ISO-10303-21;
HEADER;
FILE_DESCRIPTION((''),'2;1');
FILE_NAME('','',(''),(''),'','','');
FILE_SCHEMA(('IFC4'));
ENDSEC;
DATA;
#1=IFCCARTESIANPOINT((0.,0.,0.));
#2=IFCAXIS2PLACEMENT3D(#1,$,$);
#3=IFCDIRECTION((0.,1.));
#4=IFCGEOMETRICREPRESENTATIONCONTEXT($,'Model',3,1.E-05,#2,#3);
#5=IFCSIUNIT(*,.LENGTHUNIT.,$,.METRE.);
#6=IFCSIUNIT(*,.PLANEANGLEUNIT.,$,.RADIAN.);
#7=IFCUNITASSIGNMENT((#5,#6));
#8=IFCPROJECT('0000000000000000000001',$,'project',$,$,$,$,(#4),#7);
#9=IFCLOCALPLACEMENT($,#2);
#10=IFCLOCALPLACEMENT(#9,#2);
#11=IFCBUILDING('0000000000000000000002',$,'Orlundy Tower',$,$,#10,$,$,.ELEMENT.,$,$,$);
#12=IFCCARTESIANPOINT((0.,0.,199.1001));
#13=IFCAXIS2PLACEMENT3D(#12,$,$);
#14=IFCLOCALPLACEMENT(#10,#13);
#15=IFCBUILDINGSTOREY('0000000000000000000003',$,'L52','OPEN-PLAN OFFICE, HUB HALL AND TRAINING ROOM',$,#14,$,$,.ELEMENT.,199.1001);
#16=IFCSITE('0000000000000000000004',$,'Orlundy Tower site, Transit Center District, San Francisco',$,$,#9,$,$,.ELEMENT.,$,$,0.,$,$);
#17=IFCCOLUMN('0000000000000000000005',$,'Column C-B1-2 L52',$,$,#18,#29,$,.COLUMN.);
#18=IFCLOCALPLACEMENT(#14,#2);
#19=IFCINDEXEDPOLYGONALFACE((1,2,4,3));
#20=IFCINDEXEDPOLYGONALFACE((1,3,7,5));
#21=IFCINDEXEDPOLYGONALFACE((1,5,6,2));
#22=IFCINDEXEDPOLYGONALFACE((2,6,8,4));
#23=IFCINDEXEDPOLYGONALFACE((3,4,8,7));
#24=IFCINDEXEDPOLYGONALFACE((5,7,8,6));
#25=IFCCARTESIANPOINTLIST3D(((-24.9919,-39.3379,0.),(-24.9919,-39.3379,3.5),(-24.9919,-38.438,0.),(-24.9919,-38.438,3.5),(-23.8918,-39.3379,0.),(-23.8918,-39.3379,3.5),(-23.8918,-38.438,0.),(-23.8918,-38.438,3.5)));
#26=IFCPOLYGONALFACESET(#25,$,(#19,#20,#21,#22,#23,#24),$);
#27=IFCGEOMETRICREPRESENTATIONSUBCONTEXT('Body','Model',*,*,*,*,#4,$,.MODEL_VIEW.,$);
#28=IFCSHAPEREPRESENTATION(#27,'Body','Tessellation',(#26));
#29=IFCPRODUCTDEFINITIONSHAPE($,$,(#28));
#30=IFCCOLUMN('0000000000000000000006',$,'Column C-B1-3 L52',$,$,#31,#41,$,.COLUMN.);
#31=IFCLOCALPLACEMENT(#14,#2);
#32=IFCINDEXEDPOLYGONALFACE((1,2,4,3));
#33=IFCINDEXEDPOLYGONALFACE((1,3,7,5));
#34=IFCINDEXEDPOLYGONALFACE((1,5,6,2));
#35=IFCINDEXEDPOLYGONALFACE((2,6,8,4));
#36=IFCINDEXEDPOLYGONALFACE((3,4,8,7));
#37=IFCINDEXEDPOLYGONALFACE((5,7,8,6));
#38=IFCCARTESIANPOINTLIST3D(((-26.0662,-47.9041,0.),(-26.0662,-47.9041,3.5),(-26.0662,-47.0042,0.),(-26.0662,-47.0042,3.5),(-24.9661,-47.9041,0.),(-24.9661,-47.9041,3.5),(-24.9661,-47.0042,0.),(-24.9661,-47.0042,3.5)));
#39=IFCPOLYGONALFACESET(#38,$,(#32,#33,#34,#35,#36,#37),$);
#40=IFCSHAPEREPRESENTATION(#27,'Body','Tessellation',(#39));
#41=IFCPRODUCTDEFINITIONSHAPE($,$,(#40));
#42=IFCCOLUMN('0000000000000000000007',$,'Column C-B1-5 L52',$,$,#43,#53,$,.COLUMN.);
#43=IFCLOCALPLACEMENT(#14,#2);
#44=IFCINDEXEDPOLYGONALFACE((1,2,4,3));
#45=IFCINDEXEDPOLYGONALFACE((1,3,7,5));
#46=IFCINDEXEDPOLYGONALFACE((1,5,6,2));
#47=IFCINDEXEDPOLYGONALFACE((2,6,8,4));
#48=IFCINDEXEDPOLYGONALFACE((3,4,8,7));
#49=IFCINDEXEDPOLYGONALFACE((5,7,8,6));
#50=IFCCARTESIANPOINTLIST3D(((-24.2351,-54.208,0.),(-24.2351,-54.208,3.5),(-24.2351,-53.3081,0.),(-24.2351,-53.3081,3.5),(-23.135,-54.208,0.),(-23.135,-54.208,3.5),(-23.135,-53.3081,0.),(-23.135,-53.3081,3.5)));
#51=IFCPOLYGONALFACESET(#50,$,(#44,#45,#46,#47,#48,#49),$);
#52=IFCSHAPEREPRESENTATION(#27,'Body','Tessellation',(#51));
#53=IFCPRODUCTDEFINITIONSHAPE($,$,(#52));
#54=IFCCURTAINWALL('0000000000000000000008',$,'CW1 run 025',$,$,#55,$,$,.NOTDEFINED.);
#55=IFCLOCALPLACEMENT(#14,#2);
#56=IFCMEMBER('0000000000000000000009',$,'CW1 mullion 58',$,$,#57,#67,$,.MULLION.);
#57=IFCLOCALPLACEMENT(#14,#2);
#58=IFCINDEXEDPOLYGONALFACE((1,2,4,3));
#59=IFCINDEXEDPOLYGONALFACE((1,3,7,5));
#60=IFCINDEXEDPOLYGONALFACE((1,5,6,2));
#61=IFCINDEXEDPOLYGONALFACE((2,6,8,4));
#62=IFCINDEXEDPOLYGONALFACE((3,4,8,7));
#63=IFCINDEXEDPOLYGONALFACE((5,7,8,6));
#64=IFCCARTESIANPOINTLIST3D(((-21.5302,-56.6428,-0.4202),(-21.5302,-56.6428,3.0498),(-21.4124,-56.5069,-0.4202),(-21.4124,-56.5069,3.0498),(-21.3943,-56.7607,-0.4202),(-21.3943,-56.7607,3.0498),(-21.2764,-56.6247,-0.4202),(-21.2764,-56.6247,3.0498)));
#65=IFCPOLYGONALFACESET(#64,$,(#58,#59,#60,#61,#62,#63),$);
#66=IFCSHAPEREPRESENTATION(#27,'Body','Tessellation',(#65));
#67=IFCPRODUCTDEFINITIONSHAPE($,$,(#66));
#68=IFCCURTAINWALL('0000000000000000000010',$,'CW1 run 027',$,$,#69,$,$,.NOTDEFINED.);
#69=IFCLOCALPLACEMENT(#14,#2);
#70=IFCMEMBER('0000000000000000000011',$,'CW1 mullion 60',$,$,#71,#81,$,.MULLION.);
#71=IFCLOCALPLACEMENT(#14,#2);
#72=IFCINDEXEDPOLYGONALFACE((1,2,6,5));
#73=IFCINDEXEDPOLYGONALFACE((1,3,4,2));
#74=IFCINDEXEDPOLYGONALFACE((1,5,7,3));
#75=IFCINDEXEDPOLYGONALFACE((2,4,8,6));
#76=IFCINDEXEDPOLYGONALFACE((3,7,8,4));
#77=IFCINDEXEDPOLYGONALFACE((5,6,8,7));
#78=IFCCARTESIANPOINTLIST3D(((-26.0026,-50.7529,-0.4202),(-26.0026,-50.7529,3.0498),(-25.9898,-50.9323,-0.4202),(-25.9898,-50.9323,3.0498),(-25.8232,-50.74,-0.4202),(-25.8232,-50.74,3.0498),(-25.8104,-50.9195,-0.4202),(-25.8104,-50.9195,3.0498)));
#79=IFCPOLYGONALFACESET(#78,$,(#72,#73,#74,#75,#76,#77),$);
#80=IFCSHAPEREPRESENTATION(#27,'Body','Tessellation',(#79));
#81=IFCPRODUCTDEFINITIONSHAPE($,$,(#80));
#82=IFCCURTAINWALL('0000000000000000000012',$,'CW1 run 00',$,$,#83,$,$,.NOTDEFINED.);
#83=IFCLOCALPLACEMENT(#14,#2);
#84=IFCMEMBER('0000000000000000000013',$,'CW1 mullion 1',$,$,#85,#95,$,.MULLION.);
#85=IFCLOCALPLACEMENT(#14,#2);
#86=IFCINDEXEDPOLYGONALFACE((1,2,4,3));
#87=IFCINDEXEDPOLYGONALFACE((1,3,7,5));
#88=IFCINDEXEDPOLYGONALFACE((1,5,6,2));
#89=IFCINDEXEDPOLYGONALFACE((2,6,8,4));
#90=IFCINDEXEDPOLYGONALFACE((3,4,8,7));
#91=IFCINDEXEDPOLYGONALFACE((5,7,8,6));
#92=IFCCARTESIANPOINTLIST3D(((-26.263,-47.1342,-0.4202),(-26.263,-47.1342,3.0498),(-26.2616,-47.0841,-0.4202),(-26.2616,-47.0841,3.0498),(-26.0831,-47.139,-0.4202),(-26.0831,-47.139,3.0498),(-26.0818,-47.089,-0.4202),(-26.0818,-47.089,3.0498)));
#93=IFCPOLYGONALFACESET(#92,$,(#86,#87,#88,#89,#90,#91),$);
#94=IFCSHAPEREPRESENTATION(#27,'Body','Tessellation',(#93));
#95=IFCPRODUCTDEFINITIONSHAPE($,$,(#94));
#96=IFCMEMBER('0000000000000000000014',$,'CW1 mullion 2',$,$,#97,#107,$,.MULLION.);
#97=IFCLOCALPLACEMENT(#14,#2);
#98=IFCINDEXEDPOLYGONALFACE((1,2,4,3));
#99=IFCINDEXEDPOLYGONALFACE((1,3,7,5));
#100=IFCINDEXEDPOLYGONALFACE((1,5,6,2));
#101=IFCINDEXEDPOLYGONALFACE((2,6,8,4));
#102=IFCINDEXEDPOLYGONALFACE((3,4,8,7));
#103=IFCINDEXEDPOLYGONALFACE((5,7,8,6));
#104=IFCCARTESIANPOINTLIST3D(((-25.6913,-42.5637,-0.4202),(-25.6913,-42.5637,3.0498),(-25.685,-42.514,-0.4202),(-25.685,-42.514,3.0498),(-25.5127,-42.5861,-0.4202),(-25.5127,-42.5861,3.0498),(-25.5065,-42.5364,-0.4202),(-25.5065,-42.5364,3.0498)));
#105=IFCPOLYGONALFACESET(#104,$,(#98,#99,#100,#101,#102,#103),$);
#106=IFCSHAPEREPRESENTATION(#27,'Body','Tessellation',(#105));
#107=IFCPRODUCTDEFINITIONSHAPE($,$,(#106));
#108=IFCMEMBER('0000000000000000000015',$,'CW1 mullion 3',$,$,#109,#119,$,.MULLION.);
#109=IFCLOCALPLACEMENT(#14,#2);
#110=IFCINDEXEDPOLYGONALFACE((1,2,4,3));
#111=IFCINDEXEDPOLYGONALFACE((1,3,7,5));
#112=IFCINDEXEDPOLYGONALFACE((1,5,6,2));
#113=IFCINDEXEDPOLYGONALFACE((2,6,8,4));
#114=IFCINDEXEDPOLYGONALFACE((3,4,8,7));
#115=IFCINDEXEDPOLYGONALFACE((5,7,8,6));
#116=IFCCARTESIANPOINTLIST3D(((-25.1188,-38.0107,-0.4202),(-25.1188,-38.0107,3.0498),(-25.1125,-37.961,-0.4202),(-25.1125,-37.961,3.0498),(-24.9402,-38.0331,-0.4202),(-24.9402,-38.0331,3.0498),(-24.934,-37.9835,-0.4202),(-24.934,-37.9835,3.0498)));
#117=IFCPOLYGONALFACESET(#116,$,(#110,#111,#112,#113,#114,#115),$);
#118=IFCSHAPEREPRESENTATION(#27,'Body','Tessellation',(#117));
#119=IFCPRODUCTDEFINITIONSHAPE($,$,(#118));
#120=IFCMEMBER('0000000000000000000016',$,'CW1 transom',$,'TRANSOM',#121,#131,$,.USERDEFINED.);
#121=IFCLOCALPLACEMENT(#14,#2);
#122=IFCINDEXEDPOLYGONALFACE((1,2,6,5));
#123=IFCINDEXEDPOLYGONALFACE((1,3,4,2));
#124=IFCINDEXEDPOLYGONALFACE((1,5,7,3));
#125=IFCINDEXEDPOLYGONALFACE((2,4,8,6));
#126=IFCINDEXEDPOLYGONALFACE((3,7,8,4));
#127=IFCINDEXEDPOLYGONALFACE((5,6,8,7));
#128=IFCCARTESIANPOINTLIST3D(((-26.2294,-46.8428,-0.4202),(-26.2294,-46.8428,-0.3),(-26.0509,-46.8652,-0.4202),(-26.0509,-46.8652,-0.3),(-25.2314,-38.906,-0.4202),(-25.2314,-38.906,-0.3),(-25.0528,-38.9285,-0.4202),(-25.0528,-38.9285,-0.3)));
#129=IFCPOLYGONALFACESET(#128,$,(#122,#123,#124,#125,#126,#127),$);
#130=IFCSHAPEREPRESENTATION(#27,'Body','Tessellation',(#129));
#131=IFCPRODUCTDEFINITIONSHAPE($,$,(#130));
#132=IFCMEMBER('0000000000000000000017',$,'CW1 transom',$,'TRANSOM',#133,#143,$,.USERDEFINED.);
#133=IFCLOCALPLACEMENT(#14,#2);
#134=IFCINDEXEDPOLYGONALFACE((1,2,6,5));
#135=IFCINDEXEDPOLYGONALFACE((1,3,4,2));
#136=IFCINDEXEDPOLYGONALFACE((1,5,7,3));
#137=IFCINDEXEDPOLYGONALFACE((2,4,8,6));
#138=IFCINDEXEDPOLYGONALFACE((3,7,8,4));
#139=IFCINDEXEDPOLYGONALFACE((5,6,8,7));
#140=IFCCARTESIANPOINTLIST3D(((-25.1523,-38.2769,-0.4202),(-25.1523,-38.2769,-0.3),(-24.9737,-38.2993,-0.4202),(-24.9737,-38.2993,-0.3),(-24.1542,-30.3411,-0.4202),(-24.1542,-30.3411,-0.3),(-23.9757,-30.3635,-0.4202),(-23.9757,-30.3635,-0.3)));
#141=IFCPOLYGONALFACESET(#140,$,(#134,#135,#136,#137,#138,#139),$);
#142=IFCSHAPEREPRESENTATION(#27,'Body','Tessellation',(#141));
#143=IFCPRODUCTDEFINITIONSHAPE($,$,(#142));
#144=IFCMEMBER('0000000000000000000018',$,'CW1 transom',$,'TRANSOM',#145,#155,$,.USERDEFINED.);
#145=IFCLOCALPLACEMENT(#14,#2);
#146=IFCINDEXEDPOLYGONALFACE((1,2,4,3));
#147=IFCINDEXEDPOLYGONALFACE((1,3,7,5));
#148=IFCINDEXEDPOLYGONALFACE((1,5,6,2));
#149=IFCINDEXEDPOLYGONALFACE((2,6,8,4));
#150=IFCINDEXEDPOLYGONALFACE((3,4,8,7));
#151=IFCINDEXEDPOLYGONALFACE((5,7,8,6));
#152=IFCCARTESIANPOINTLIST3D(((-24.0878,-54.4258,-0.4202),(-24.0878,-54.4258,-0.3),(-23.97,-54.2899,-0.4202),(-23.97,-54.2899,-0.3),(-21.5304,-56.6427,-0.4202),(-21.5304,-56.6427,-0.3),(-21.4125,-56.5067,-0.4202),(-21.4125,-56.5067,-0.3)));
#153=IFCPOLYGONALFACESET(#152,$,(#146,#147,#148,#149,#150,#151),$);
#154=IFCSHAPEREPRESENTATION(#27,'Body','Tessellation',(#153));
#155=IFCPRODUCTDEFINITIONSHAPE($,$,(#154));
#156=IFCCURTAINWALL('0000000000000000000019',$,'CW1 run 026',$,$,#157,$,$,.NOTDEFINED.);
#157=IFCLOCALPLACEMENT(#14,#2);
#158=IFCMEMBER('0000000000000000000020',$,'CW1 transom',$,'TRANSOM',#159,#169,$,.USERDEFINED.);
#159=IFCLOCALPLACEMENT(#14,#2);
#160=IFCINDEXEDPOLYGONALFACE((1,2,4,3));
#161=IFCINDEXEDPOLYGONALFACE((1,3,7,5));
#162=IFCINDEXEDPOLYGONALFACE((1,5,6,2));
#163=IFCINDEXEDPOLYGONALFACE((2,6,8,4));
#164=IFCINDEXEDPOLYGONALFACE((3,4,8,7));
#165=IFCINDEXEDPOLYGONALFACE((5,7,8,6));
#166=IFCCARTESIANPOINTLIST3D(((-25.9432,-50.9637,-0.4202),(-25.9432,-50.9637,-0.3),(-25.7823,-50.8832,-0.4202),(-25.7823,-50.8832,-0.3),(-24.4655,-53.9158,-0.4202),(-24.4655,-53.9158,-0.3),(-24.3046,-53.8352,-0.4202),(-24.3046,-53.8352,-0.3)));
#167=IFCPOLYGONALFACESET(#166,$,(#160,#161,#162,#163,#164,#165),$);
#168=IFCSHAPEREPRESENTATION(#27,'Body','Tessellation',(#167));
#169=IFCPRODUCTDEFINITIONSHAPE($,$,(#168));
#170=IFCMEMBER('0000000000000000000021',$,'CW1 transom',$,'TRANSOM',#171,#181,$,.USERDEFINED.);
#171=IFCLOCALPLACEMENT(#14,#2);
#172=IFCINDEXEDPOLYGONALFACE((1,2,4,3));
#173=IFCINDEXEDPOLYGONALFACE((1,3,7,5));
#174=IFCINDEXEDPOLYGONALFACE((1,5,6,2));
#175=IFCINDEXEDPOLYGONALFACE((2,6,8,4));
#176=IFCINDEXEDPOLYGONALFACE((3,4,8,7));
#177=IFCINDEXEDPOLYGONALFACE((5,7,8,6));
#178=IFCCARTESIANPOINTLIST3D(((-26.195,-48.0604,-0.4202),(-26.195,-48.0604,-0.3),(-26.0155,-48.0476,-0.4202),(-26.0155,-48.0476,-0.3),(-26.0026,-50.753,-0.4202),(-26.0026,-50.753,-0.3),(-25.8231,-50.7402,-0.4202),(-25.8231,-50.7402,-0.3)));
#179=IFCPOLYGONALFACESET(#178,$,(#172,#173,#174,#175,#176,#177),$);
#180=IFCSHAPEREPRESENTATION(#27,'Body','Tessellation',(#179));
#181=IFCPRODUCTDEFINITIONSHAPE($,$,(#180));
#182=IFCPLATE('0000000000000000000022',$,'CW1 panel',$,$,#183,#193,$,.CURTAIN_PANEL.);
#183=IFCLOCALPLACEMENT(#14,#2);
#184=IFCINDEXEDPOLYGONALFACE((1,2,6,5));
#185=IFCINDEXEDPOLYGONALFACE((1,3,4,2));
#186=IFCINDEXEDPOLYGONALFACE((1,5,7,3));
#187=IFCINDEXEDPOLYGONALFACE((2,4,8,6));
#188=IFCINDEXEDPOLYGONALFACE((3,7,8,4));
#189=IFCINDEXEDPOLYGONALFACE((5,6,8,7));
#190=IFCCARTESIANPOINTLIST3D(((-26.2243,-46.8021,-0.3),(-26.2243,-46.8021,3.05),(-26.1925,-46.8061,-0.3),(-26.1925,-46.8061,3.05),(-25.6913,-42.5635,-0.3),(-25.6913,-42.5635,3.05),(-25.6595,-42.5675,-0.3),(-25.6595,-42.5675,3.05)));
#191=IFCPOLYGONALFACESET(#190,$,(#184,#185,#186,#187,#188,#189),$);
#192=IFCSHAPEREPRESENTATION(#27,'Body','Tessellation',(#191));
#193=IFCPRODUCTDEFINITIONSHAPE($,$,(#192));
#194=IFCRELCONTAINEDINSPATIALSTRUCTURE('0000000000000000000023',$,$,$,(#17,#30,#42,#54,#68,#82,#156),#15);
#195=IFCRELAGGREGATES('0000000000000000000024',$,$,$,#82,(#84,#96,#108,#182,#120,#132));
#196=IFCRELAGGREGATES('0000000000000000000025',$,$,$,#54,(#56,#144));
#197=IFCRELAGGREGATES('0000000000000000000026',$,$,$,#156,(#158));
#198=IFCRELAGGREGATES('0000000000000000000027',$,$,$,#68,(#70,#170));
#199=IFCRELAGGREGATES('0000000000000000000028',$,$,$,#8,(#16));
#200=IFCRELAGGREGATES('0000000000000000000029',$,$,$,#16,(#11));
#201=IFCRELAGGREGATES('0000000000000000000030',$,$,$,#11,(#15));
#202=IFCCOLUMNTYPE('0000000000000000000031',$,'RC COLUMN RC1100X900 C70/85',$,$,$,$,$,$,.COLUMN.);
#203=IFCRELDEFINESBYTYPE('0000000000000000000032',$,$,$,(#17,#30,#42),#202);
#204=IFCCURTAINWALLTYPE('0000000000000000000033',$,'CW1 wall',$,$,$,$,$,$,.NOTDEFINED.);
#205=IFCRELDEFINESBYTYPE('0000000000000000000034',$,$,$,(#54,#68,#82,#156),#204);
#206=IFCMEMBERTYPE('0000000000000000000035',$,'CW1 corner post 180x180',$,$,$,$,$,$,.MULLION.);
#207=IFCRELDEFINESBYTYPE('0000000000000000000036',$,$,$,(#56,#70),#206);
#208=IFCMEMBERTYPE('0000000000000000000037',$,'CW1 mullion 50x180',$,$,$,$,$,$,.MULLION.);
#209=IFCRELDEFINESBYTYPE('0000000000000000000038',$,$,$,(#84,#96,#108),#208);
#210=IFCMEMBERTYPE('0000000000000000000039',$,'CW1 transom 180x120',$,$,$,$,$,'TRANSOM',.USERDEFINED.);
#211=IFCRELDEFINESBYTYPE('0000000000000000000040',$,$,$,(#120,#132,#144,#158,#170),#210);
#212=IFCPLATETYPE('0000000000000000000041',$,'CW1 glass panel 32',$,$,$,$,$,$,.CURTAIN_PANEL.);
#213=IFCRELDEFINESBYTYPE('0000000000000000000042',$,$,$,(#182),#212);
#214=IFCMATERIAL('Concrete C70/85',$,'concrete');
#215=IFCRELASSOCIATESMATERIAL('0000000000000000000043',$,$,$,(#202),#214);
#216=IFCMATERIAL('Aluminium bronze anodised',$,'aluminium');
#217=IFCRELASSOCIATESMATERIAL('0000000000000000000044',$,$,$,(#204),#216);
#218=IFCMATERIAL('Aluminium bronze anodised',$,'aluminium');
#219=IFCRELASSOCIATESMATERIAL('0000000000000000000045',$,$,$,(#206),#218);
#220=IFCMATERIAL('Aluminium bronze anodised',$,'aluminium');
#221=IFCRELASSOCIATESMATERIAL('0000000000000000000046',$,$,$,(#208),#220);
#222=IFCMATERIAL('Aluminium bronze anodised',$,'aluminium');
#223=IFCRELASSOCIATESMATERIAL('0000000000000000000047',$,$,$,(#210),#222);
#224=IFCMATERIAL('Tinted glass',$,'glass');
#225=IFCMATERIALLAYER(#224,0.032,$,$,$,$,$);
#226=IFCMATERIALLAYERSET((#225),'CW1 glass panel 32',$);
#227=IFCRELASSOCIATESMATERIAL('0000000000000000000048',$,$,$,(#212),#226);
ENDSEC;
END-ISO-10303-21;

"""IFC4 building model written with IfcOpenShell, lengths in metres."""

from ifc_helpers import new_model, si_unit, direction, frame, origin, origin_2d, place, context, subcontext, project, spatial, rectangle, extrude, material, layer, layer_set, material_profile, profile_set, type_object, element, aggregate, save


model = new_model("IFC4")

# Units and contexts
model_context = context("Model", 3, precision=1e-05, world=origin(), true_north=direction((0.0, 1.0)))
body_context = subcontext(model_context, "Body", "Model", "MODEL_VIEW")
ifc_project = project(units=[si_unit("LENGTHUNIT", "METRE"), si_unit("PLANEANGLEUNIT", "RADIAN")], contexts=[model_context])

# Site, building, storey
site_placement = place(None, origin())
site = spatial("IfcSite", under=ifc_project, at=site_placement, Name="Orlundy Tower site, Transit Center District, San Francisco", CompositionType="ELEMENT", RefElevation=0.0)
building_placement = place(site_placement, origin())
building = spatial("IfcBuilding", under=site, at=building_placement, Name="Orlundy Tower", CompositionType="ELEMENT")
storey_placement = place(building_placement, frame((0.0, 0.0, 199.1001)))
storey = spatial("IfcBuildingStorey", under=building, at=storey_placement, Name="L52", Description="OPEN-PLAN OFFICE, HUB HALL AND TRAINING ROOM", CompositionType="ELEMENT", Elevation=199.1001)

# Columns
ifc_material_1 = material(Name="Concrete C70/85", Category="concrete")
ifc_material_profile_1 = material_profile(ifc_material_1, rectangle(XDim=1.1001, YDim=0.8999, at=origin_2d()), Name="RC1100X900")
ifc_profile_set_1 = profile_set([ifc_material_profile_1], Name="Concrete C70/85")
column_type = type_object("IfcColumnType", Name="RC COLUMN RC1100X900 C70/85", PredefinedType="COLUMN", material=ifc_profile_set_1)
for number, where, z_axis, x_axis, name in (
    (1, (-24.4419, -38.8879, 0.0), (0.0, 0.0, 1.0), (1.0, 0.0, 0.0), "Column C-B1-2 L52"),
    (2, (-25.5161, -47.4541, 0.0), (0.0, 0.0, 1.0), (1.0, 0.0, 0.0), "Column C-B1-3 L52"),
    (3, (-23.6851, -53.7581, 0.0), (0.0, 0.0, 1.0), (1.0, 0.0, 0.0), "Column C-B1-5 L52"),
):
    element("IfcColumn", number, at=place(storey_placement, frame(where, z_axis=z_axis, x_axis=x_axis)), inside=storey, type_object=column_type, Name=name, PredefinedType="COLUMN", context=body_context, shape_type="SweptSolid", body=[
        extrude(rectangle(XDim=1.1001, YDim=0.8999, at=origin_2d()), origin(), (0.0, 0.0, 1.0), 3.5),
    ])

# Curtain walls, members
ifc_material_2 = material(Name="Aluminium bronze anodised", Category="aluminium")
curtain_wall_type = type_object("IfcCurtainWallType", Name="CW1 wall", PredefinedType="NOTDEFINED", material=ifc_material_2)
curtain_wall_1_placement = place(storey_placement, origin())
curtain_wall_1 = element("IfcCurtainWall", 4, at=curtain_wall_1_placement, inside=storey, type_object=curtain_wall_type, Name="CW1 run 025", PredefinedType="NOTDEFINED")
ifc_material_3 = material(Name="Aluminium bronze anodised", Category="aluminium")
ifc_material_profile_2 = material_profile(ifc_material_3, rectangle(XDim=0.1799, YDim=0.1799, at=origin_2d()), Name="CW1 corner post 180x180")
ifc_profile_set_2 = profile_set([ifc_material_profile_2], Name="Aluminium bronze anodised")
member_type_1 = type_object("IfcMemberType", Name="CW1 corner post 180x180", PredefinedType="MULLION", material=ifc_profile_set_2)
member_1_placement = place(storey_placement, frame((-21.4033, -56.6338, -0.4202), z_axis=(0.0, 0.0, 1.0), x_axis=(-0.655002, -0.755627, 0.0)))
member_1 = element("IfcMember", 5, at=member_1_placement, type_object=member_type_1, Name="CW1 mullion 58", PredefinedType="MULLION", context=body_context, shape_type="SweptSolid", body=[
    extrude(rectangle(XDim=0.1799, YDim=0.1799, at=origin_2d()), origin(), (0.0, 0.0, 1.0), 3.47),
])
curtain_wall_2_placement = place(storey_placement, origin())
curtain_wall_2 = element("IfcCurtainWall", 6, at=curtain_wall_2_placement, inside=storey, type_object=curtain_wall_type, Name="CW1 run 027", PredefinedType="NOTDEFINED")
member_2_placement = place(storey_placement, frame((-25.9065, -50.8362, -0.4202), z_axis=(0.0, 0.0, 1.0), x_axis=(-0.997461, -0.071209, 0.0)))
member_2 = element("IfcMember", 7, at=member_2_placement, type_object=member_type_1, Name="CW1 mullion 60", PredefinedType="MULLION", context=body_context, shape_type="SweptSolid", body=[
    extrude(rectangle(XDim=0.1799, YDim=0.1799, at=origin_2d()), origin(), (0.0, 0.0, 1.0), 3.47),
])

# Curtain wall, members
curtain_wall_3_placement = place(storey_placement, origin())
curtain_wall_3 = element("IfcCurtainWall", 8, at=curtain_wall_3_placement, inside=storey, type_object=curtain_wall_type, Name="CW1 run 00", PredefinedType="NOTDEFINED")
ifc_material_4 = material(Name="Aluminium bronze anodised", Category="aluminium")
ifc_material_profile_3 = material_profile(ifc_material_4, rectangle(XDim=0.1799, YDim=0.05, at=origin_2d()), Name="CW1 mullion 50x180")
ifc_profile_set_3 = profile_set([ifc_material_profile_3], Name="Aluminium bronze anodised")
member_type_2 = type_object("IfcMemberType", Name="CW1 mullion 50x180", PredefinedType="MULLION", material=ifc_profile_set_3)
member_3_placement = place(storey_placement, frame((-26.1724, -47.1116, -0.4202), z_axis=(0.0, 0.0, 1.0), x_axis=(-0.999638, 0.026907, 0.0)))
member_3 = element("IfcMember", 9, at=member_3_placement, type_object=member_type_2, Name="CW1 mullion 1", PredefinedType="MULLION", context=body_context, shape_type="SweptSolid", body=[
    extrude(rectangle(XDim=0.1799, YDim=0.05, at=origin_2d()), origin(), (0.0, 0.0, 1.0), 3.47),
])
member_4_placement = place(storey_placement, frame((-25.5989, -42.55, -0.4202), z_axis=(0.0, 0.0, 1.0), x_axis=(-0.992187, 0.124763, 0.0)))
member_4 = element("IfcMember", 10, at=member_4_placement, type_object=member_type_2, Name="CW1 mullion 2", PredefinedType="MULLION", context=body_context, shape_type="SweptSolid", body=[
    extrude(rectangle(XDim=0.1799, YDim=0.05, at=origin_2d()), origin(), (0.0, 0.0, 1.0), 3.47),
])
member_5_placement = place(storey_placement, frame((-25.0264, -37.9971, -0.4202), z_axis=(0.0, 0.0, 1.0), x_axis=(-0.992187, 0.124763, 0.0)))
member_5 = element("IfcMember", 11, at=member_5_placement, type_object=member_type_2, Name="CW1 mullion 3", PredefinedType="MULLION", context=body_context, shape_type="SweptSolid", body=[
    extrude(rectangle(XDim=0.1799, YDim=0.05, at=origin_2d()), origin(), (0.0, 0.0, 1.0), 3.47),
])
ifc_material_5 = material(Name="Aluminium bronze anodised", Category="aluminium")
ifc_material_profile_4 = material_profile(ifc_material_5, rectangle(XDim=0.1799, YDim=0.1201, at=origin_2d()), Name="CW1 transom 180x120")
ifc_profile_set_4 = profile_set([ifc_material_profile_4], Name="Aluminium bronze anodised")
member_type_3 = type_object("IfcMemberType", Name="CW1 transom 180x120", ElementType="TRANSOM", PredefinedType="USERDEFINED", material=ifc_profile_set_4)
member_6_placement = place(storey_placement, frame((-26.1401, -46.854, -0.3601), z_axis=(0.124767, 0.992186, 0.0), x_axis=(-0.992186, 0.124767, 0.0)))
member_6 = element("IfcMember", 12, at=member_6_placement, type_object=member_type_3, Name="CW1 transom", ObjectType="TRANSOM", PredefinedType="USERDEFINED", context=body_context, shape_type="SweptSolid", body=[
    extrude(rectangle(XDim=0.1799, YDim=0.1201, at=origin_2d()), origin(), (0.0, 0.0, 1.0), 7.9993),
])
member_7_placement = place(storey_placement, frame((-25.063, -38.2881, -0.3601), z_axis=(0.124782, 0.992184, 0.0), x_axis=(-0.992184, 0.124782, 0.0)))
member_7 = element("IfcMember", 13, at=member_7_placement, type_object=member_type_3, Name="CW1 transom", ObjectType="TRANSOM", PredefinedType="USERDEFINED", context=body_context, shape_type="SweptSolid", body=[
    extrude(rectangle(XDim=0.1799, YDim=0.1201, at=origin_2d()), origin(), (0.0, 0.0, 1.0), 7.9983),
])

# Member
member_8_placement = place(storey_placement, frame((-21.4714, -56.5747, -0.3601), z_axis=(-0.75563, 0.654999, 0.0), x_axis=(-0.654999, -0.75563, 0.0)))
member_8 = element("IfcMember", 14, at=member_8_placement, type_object=member_type_3, Name="CW1 transom", ObjectType="TRANSOM", PredefinedType="USERDEFINED", context=body_context, shape_type="SweptSolid", body=[
    extrude(rectangle(XDim=0.1799, YDim=0.1201, at=origin_2d()), origin(), (0.0, 0.0, 1.0), 3.3845),
])

# Curtain wall, member
curtain_wall_4_placement = place(storey_placement, origin())
curtain_wall_4 = element("IfcCurtainWall", 15, at=curtain_wall_4_placement, inside=storey, type_object=curtain_wall_type, Name="CW1 run 026", PredefinedType="NOTDEFINED")
member_9_placement = place(storey_placement, frame((-24.385, -53.8755, -0.3601), z_axis=(-0.447628, 0.89422, 0.0), x_axis=(-0.89422, -0.447628, 0.0)))
member_9 = element("IfcMember", 16, at=member_9_placement, type_object=member_type_3, Name="CW1 transom", ObjectType="TRANSOM", PredefinedType="USERDEFINED", context=body_context, shape_type="SweptSolid", body=[
    extrude(rectangle(XDim=0.1799, YDim=0.1201, at=origin_2d()), origin(), (0.0, 0.0, 1.0), 3.3013),
])

# Member
member_10_placement = place(storey_placement, frame((-25.9128, -50.7466, -0.3601), z_axis=(-0.071266, 0.997457, 0.0), x_axis=(-0.997457, -0.071266, 0.0)))
member_10 = element("IfcMember", 17, at=member_10_placement, type_object=member_type_3, Name="CW1 transom", ObjectType="TRANSOM", PredefinedType="USERDEFINED", context=body_context, shape_type="SweptSolid", body=[
    extrude(rectangle(XDim=0.1799, YDim=0.1201, at=origin_2d()), origin(), (0.0, 0.0, 1.0), 2.6995),
])

# Plate
ifc_material_6 = material(Name="Tinted glass", Category="glass")
ifc_layer_1 = layer(ifc_material_6, 0.032)
ifc_layer_set_1 = layer_set([ifc_layer_1], Name="CW1 glass panel 32")
plate_type = type_object("IfcPlateType", Name="CW1 glass panel 32", PredefinedType="CURTAIN_PANEL", material=ifc_layer_set_1)
plate_1_placement = place(storey_placement, frame((-25.9419, -44.6848, -0.3), z_axis=(0.0, 0.0, 1.0), x_axis=(0.124763, 0.992187, 0.0)))
plate_1 = element("IfcPlate", 18, at=plate_1_placement, type_object=plate_type, Name="CW1 panel", PredefinedType="CURTAIN_PANEL", context=body_context, shape_type="SweptSolid", body=[
    extrude(rectangle(XDim=4.272, YDim=0.032, at=origin_2d()), origin(), (0.0, 0.0, 1.0), 3.3501),
])
aggregate(curtain_wall_3, [member_3, member_4, member_5, plate_1, member_6, member_7])
aggregate(curtain_wall_1, [member_1, member_8])
aggregate(curtain_wall_4, [member_9])
aggregate(curtain_wall_2, [member_2, member_10])

save(model, "model.ifc")
